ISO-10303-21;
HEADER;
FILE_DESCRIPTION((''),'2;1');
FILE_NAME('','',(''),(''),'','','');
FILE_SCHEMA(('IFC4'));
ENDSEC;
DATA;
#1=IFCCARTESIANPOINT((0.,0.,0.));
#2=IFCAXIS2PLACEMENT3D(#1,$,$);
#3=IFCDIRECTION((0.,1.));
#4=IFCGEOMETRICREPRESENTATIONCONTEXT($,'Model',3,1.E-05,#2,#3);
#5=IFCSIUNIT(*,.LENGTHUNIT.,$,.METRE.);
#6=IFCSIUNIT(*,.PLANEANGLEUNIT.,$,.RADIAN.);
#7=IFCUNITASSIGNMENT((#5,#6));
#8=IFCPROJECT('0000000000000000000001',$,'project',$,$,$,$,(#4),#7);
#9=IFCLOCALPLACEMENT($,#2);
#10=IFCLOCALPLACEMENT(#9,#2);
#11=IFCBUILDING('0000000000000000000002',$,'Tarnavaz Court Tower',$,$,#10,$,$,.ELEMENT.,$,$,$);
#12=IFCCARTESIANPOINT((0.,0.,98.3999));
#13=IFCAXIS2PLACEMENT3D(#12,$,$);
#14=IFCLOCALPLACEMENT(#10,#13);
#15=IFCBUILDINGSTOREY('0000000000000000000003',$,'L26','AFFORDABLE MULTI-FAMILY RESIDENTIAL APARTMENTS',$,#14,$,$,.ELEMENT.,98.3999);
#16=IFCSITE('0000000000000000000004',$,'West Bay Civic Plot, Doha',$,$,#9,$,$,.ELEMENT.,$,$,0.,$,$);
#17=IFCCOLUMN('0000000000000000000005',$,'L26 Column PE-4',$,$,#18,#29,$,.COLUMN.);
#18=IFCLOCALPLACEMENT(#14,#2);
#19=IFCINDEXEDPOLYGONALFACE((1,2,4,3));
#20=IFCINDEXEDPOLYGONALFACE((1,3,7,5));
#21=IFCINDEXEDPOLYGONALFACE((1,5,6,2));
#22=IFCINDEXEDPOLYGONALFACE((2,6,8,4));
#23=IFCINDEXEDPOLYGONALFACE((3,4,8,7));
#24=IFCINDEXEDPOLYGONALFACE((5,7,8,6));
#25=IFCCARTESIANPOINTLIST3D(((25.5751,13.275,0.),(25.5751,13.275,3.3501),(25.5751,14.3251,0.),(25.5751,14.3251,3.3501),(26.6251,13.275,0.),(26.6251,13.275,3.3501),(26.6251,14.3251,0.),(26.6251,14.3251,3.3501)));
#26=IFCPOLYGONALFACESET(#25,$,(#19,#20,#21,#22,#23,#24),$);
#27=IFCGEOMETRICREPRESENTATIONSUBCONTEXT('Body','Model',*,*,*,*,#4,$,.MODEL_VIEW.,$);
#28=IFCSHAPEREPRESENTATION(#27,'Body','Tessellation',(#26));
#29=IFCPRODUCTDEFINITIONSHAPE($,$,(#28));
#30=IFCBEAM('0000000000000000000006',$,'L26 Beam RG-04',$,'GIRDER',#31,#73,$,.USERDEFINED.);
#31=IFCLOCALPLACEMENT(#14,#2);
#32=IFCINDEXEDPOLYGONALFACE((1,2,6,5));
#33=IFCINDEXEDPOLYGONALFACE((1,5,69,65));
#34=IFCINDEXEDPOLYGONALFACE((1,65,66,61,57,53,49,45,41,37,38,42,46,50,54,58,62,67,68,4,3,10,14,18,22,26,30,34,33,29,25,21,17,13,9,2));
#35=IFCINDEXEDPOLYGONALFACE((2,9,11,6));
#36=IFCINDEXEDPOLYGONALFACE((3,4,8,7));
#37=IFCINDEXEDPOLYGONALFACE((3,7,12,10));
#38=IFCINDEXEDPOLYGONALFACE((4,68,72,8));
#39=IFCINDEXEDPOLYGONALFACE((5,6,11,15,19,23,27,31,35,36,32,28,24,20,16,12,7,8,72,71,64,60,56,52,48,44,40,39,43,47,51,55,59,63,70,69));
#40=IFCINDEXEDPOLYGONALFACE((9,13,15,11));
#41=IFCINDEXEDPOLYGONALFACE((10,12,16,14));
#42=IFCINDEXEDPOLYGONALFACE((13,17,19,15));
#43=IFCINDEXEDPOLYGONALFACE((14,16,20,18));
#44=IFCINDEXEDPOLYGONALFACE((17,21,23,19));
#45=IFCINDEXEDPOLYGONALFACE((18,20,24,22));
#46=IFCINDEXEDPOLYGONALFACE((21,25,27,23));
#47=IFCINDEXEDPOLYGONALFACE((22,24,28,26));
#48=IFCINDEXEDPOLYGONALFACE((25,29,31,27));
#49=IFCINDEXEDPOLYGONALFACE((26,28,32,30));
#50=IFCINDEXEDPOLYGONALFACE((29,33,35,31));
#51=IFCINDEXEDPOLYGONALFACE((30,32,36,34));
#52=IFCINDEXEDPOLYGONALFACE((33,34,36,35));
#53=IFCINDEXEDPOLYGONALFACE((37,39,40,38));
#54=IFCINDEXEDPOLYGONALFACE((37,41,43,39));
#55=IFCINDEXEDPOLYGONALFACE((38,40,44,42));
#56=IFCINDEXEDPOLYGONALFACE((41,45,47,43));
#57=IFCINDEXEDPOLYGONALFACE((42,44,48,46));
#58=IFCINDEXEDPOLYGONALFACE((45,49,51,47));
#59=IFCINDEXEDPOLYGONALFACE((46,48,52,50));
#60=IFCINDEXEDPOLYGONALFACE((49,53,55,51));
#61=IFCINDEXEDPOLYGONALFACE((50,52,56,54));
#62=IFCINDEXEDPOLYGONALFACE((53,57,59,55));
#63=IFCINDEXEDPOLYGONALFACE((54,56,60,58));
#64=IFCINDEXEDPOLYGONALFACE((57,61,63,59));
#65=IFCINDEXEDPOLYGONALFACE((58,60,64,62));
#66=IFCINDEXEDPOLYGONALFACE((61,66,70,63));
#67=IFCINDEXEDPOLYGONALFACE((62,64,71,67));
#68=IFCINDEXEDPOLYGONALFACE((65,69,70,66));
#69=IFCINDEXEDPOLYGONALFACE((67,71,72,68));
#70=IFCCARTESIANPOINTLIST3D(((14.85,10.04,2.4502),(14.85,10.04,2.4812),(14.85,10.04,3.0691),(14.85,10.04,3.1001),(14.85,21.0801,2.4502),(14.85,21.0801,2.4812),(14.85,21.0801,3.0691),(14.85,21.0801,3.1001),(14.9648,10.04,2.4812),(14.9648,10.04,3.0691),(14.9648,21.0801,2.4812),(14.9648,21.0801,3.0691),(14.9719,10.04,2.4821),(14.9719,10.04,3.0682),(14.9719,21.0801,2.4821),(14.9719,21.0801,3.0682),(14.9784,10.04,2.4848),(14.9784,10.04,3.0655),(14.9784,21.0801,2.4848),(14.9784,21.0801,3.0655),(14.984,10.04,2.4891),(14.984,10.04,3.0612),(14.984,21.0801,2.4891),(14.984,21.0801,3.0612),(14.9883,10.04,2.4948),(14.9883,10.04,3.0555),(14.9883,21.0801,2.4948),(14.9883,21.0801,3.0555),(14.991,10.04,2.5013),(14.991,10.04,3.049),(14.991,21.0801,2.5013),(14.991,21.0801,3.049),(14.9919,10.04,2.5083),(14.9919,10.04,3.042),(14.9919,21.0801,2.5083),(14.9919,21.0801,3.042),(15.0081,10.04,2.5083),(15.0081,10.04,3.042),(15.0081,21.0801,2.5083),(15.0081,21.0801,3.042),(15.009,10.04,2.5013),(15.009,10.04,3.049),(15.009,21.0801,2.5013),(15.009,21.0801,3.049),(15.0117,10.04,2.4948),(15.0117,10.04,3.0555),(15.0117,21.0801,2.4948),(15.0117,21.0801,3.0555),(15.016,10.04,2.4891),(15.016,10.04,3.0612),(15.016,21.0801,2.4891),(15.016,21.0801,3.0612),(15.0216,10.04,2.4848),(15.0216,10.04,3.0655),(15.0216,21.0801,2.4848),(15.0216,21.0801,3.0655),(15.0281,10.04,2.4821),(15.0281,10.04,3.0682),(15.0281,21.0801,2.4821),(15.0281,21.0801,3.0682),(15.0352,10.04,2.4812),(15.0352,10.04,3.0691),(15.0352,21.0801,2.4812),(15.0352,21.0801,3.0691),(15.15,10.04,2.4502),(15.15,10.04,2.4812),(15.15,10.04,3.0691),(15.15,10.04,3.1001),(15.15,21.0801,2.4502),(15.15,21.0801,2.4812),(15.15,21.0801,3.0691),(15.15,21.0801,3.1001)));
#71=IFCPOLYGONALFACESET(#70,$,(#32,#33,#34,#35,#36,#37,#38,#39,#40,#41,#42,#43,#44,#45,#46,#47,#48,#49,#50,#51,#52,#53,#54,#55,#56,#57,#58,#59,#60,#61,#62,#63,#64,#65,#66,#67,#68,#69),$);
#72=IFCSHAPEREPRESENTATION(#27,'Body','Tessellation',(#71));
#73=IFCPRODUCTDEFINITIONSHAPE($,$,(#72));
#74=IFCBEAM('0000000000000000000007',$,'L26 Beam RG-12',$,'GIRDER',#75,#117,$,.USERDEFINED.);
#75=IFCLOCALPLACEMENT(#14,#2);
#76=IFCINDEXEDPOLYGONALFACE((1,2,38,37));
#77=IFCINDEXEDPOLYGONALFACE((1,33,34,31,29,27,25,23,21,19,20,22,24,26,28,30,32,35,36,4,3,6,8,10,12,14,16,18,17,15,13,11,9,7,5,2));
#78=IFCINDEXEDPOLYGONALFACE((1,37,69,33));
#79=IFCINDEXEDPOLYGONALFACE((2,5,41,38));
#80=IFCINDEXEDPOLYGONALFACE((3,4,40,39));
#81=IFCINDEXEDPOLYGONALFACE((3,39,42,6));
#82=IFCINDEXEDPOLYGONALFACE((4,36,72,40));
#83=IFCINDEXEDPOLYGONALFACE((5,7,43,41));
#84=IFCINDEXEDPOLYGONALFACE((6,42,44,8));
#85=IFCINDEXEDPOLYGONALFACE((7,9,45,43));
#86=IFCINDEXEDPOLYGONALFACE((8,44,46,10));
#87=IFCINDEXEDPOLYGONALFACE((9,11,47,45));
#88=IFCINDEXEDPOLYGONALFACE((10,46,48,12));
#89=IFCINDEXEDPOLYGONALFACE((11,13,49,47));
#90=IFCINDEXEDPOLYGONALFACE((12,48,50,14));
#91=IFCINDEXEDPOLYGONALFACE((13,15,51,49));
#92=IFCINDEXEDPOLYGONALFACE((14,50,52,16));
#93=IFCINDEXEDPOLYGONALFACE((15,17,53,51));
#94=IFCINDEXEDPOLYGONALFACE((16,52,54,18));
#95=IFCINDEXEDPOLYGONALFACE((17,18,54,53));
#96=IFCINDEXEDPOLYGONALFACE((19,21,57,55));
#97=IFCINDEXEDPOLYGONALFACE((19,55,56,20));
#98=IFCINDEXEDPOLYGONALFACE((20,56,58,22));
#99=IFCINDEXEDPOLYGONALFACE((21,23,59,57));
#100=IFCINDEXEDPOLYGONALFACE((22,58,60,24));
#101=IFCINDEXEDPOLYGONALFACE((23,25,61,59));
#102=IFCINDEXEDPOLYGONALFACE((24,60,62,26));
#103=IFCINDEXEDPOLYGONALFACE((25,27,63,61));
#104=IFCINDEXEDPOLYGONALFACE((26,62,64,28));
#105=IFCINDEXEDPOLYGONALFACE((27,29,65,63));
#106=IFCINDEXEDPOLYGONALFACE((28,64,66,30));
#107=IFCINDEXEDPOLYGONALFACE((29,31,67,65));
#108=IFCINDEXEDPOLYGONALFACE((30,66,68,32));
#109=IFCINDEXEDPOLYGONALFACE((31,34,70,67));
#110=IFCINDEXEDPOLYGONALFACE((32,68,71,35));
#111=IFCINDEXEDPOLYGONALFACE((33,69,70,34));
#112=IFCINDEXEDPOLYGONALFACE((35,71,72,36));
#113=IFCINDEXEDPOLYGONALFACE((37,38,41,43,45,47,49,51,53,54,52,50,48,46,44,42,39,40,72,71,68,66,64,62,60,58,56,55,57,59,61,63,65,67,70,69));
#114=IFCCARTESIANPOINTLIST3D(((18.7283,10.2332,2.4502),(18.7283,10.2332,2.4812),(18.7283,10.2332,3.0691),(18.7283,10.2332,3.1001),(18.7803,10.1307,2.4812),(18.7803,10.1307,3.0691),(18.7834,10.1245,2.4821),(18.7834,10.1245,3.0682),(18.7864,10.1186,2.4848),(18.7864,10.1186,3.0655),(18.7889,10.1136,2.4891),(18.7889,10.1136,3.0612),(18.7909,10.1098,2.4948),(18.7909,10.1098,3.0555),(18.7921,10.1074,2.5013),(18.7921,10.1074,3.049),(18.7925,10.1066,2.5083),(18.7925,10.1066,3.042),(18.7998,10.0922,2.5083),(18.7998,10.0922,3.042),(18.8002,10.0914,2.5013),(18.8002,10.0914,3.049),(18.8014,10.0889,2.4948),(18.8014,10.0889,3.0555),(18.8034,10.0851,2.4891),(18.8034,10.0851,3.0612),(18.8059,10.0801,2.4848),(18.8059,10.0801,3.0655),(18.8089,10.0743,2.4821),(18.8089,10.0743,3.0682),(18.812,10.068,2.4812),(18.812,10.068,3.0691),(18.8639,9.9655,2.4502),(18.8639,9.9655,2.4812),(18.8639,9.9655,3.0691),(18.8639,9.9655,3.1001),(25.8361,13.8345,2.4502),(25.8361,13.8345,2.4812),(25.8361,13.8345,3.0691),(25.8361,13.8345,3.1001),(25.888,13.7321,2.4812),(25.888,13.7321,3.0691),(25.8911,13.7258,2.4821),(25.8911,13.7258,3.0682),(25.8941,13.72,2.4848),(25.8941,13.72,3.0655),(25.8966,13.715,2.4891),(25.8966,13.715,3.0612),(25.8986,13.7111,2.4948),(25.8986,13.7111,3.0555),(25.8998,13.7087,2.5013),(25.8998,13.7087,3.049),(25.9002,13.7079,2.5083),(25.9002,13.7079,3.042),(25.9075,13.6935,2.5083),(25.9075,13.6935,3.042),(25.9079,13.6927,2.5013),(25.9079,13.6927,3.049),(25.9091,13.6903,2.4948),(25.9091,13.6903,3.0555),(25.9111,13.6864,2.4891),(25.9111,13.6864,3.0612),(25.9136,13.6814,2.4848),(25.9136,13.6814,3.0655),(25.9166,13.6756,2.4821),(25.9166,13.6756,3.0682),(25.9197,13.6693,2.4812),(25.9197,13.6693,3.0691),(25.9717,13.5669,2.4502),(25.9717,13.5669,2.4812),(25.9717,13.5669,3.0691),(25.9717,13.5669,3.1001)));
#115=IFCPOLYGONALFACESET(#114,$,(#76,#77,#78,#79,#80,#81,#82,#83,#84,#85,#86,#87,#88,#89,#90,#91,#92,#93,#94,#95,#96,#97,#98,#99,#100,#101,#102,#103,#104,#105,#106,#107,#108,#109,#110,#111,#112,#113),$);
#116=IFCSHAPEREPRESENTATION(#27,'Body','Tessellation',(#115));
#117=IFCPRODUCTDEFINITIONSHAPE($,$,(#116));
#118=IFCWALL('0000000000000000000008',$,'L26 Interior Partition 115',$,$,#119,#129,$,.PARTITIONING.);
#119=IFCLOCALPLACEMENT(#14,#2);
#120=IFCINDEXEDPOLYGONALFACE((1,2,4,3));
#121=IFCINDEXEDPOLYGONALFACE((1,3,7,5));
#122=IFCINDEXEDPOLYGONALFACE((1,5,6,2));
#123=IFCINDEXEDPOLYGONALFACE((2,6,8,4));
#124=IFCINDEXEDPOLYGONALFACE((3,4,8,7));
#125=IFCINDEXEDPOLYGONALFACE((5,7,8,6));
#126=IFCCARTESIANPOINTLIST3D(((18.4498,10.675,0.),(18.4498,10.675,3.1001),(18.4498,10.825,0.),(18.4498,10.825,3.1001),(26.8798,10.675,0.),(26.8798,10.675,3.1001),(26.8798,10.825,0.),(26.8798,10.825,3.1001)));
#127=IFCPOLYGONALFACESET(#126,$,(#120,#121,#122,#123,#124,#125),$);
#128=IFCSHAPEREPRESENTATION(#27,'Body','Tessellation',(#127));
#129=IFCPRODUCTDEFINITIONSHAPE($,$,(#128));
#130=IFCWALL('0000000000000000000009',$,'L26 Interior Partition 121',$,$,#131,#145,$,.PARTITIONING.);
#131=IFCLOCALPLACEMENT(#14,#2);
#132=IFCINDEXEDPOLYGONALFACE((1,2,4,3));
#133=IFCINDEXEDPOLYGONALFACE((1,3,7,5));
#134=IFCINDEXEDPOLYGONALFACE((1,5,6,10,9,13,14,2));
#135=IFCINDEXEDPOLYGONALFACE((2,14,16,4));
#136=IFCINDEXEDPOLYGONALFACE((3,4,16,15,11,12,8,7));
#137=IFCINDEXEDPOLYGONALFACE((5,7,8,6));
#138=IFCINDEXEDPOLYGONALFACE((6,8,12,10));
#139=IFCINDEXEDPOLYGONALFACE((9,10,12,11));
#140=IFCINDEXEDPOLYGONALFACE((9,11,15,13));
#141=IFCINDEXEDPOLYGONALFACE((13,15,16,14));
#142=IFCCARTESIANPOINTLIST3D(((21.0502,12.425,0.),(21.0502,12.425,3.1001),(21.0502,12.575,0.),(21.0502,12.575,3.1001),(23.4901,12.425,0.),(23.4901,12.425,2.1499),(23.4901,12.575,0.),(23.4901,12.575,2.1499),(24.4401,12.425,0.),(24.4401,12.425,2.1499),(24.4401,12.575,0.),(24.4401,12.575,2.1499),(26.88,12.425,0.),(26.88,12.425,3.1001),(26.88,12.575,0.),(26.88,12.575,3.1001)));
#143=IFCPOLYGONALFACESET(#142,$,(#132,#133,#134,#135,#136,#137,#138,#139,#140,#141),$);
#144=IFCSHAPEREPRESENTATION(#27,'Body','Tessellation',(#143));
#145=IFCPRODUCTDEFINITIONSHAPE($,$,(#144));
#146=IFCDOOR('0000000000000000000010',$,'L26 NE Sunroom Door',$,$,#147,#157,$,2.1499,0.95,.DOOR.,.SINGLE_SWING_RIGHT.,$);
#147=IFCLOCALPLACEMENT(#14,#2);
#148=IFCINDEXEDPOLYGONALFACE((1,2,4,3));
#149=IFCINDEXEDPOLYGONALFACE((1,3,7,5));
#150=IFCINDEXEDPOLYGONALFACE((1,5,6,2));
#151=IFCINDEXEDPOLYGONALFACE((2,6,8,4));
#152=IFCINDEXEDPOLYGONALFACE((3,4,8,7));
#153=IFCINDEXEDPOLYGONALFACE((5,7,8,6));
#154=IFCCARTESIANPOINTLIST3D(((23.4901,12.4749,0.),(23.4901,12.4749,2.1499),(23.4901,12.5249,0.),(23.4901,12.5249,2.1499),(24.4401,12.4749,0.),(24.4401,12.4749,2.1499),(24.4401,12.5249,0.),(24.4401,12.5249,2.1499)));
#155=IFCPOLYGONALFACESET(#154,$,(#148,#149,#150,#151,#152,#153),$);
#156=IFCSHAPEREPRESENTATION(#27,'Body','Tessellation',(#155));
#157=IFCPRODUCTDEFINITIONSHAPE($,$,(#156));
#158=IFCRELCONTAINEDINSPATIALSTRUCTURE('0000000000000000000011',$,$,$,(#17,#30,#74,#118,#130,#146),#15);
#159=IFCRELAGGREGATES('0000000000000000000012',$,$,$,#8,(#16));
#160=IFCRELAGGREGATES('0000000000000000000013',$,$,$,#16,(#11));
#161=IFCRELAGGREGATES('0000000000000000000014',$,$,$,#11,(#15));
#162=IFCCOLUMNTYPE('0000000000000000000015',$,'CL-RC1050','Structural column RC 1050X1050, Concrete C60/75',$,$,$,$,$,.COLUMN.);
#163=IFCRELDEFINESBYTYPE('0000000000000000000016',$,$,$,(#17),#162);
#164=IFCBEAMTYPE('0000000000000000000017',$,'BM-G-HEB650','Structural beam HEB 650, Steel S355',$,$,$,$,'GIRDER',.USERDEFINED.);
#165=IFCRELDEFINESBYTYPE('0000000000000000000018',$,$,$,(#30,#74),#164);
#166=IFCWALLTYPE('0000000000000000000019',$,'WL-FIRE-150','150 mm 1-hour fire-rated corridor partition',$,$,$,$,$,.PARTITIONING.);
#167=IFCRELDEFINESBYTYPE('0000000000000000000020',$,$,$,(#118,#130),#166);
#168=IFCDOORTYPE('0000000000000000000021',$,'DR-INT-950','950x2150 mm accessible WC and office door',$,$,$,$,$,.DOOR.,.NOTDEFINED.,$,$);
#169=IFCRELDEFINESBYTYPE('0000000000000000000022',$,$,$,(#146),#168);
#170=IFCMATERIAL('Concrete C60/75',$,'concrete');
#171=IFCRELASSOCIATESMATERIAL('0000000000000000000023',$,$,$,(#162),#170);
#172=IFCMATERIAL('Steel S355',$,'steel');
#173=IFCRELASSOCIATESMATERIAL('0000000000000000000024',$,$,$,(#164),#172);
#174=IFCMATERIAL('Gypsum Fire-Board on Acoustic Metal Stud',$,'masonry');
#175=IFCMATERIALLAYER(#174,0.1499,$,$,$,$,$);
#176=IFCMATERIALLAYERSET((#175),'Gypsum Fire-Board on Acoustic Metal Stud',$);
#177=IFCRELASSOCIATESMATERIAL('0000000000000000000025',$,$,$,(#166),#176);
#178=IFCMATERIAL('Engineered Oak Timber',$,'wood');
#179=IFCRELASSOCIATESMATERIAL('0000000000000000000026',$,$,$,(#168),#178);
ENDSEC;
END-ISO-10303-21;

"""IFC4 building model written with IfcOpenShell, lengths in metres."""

from ifc_helpers import new_model, si_unit, direction, frame, frame_2d, origin, origin_2d, place, context, subcontext, project, spatial, rectangle, i_section, extrude, material, layer, layer_set, material_profile, profile_set, type_object, element, fill, save


model = new_model("IFC4")

# Units and contexts
model_context = context("Model", 3, precision=1e-05, world=origin(), true_north=direction((0.0, 1.0)))
body_context = subcontext(model_context, "Body", "Model", "MODEL_VIEW")
ifc_project = project(units=[si_unit("LENGTHUNIT", "METRE"), si_unit("PLANEANGLEUNIT", "RADIAN")], contexts=[model_context])

# Site, building, storey
site_placement = place(None, origin())
site = spatial("IfcSite", under=ifc_project, at=site_placement, Name="West Bay Civic Plot, Doha", CompositionType="ELEMENT", RefElevation=0.0)
building_placement = place(site_placement, origin())
building = spatial("IfcBuilding", under=site, at=building_placement, Name="Tarnavaz Court Tower", CompositionType="ELEMENT")
storey_placement = place(building_placement, frame((0.0, 0.0, 98.3999)))
storey = spatial("IfcBuildingStorey", under=building, at=storey_placement, Name="L26", Description="AFFORDABLE MULTI-FAMILY RESIDENTIAL APARTMENTS", CompositionType="ELEMENT", Elevation=98.3999)

# Column
ifc_material_1 = material(Name="Concrete C60/75", Category="concrete")
ifc_material_profile_1 = material_profile(ifc_material_1, rectangle(XDim=1.05, YDim=1.05, at=origin_2d()), Name="RC 1050X1050")
ifc_profile_set_1 = profile_set([ifc_material_profile_1], Name="Concrete C60/75")
column_type = type_object("IfcColumnType", Name="CL-RC1050", Description="Structural column RC 1050X1050, Concrete C60/75", PredefinedType="COLUMN", material=ifc_profile_set_1)
column_placement = place(storey_placement, frame((26.1001, 13.8, 0.0), z_axis=(0.0, 0.0, 1.0), x_axis=(1.0, 0.0, 0.0)))
element("IfcColumn", 1, at=column_placement, inside=storey, type_object=column_type, Name="L26 Column PE-4", PredefinedType="COLUMN", context=body_context, shape_type="SweptSolid", body=[
    extrude(rectangle(XDim=1.05, YDim=1.05, at=origin_2d()), origin(), (0.0, 0.0, 1.0), 3.3501),
])

# Beams
ifc_material_2 = material(Name="Steel S355", Category="steel")
ifc_material_profile_2 = material_profile(ifc_material_2, i_section(OverallWidth=0.3, OverallDepth=0.6499, WebThickness=0.0161, FlangeThickness=0.031, FilletRadius=0.0271, at=origin_2d()), Name="HEB 650")
ifc_profile_set_2 = profile_set([ifc_material_profile_2], Name="Steel S355")
beam_type = type_object("IfcBeamType", Name="BM-G-HEB650", Description="Structural beam HEB 650, Steel S355", ElementType="GIRDER", PredefinedType="USERDEFINED", material=ifc_profile_set_2)
beam_1_placement = place(storey_placement, frame((15.0, 10.04, 2.7751), z_axis=(0.0, 1.0, 0.0), x_axis=(-1.0, 0.0, 0.0)))
element("IfcBeam", 2, at=beam_1_placement, inside=storey, type_object=beam_type, Name="L26 Beam RG-04", ObjectType="GIRDER", PredefinedType="USERDEFINED", context=body_context, shape_type="SweptSolid", body=[
    extrude(i_section(OverallWidth=0.3, OverallDepth=0.6499, WebThickness=0.0161, FlangeThickness=0.031, FilletRadius=0.0271, at=origin_2d()), origin(), (0.0, 0.0, 1.0), 11.04),
])
beam_2_placement = place(storey_placement, frame((18.7961, 10.0994, 2.7751), z_axis=(0.892031, 0.451975, 0.0), x_axis=(-0.451975, 0.892031, 0.0)))
element("IfcBeam", 3, at=beam_2_placement, inside=storey, type_object=beam_type, Name="L26 Beam RG-12", ObjectType="GIRDER", PredefinedType="USERDEFINED", context=body_context, shape_type="SweptSolid", body=[
    extrude(i_section(OverallWidth=0.3, OverallDepth=0.6499, WebThickness=0.0161, FlangeThickness=0.031, FilletRadius=0.0271, at=origin_2d()), origin(), (0.0, 0.0, 1.0), 7.968),
])

# Wall
ifc_material_3 = material(Name="Gypsum Fire-Board on Acoustic Metal Stud", Category="masonry")
ifc_layer_1 = layer(ifc_material_3, 0.1499)
ifc_layer_set_1 = layer_set([ifc_layer_1], Name="Gypsum Fire-Board on Acoustic Metal Stud")
wall_type_1 = type_object("IfcWallType", Name="WL-FIRE-150", Description="150 mm 1-hour fire-rated corridor partition", PredefinedType="PARTITIONING", material=ifc_layer_set_1)
wall_1_placement = place(storey_placement, frame((18.45, 10.75, 0.0), z_axis=(0.0, 0.0, 1.0), x_axis=(1.0, 0.0, 0.0)))
element("IfcWall", 4, at=wall_1_placement, inside=storey, type_object=wall_type_1, Name="L26 Interior Partition 115", PredefinedType="PARTITIONING", context=body_context, shape_type="SweptSolid", body=[
    extrude(rectangle(XDim=8.4299, YDim=0.1499, at=frame_2d((4.2148, 0.0))), origin(), (0.0, 0.0, 1.0), 3.1001),
])

# Wall, opening, door
wall_2_placement = place(storey_placement, frame((21.05, 12.5, 0.0), z_axis=(0.0, 0.0, 1.0), x_axis=(1.0, 0.0, 0.0)))
wall_2 = element("IfcWall", 5, at=wall_2_placement, inside=storey, type_object=wall_type_1, Name="L26 Interior Partition 121", PredefinedType="PARTITIONING", context=body_context, shape_type="SweptSolid", body=[
    extrude(rectangle(XDim=5.8298, YDim=0.1499, at=frame_2d((2.915, 0.0))), origin(), (0.0, 0.0, 1.0), 3.1001),
])
opening_1_placement = place(wall_2_placement, frame((2.4399, 0.0, 0.0)))
opening_1 = element("IfcOpeningElement", 6, at=opening_1_placement, cuts=wall_2, PredefinedType="OPENING", context=body_context, shape_type="SweptSolid", body=[
    extrude(rectangle(XDim=0.95, YDim=2.1499, at=frame_2d((0.4751, 1.075))), frame((0.0, 0.085, 0.0), z_axis=(0.0, -1.0, 0.0), x_axis=(1.0, 0.0, 0.0)), (0.0, 0.0, 1.0), 0.1699),
])
ifc_material_4 = material(Name="Engineered Oak Timber", Category="wood")
door_type_1 = type_object("IfcDoorType", Name="DR-INT-950", Description="950x2150 mm accessible WC and office door", OperationType="NOTDEFINED", PredefinedType="DOOR", material=ifc_material_4)
door_1_placement = place(opening_1_placement, origin())
door_1 = element("IfcDoor", 7, at=door_1_placement, inside=storey, type_object=door_type_1, Name="L26 NE Sunroom Door", OperationType="SINGLE_SWING_RIGHT", OverallHeight=2.1499, OverallWidth=0.95, PredefinedType="DOOR", context=body_context, shape_type="SweptSolid", body=[
    extrude(rectangle(XDim=0.95, YDim=2.1499, at=frame_2d((0.4751, 1.075))), frame((0.0, 0.0249, 0.0), z_axis=(0.0, -1.0, 0.0), x_axis=(1.0, 0.0, 0.0)), (0.0, 0.0, 1.0), 0.05),
])
fill(opening_1, door_1)

save(model, "model.ifc")
